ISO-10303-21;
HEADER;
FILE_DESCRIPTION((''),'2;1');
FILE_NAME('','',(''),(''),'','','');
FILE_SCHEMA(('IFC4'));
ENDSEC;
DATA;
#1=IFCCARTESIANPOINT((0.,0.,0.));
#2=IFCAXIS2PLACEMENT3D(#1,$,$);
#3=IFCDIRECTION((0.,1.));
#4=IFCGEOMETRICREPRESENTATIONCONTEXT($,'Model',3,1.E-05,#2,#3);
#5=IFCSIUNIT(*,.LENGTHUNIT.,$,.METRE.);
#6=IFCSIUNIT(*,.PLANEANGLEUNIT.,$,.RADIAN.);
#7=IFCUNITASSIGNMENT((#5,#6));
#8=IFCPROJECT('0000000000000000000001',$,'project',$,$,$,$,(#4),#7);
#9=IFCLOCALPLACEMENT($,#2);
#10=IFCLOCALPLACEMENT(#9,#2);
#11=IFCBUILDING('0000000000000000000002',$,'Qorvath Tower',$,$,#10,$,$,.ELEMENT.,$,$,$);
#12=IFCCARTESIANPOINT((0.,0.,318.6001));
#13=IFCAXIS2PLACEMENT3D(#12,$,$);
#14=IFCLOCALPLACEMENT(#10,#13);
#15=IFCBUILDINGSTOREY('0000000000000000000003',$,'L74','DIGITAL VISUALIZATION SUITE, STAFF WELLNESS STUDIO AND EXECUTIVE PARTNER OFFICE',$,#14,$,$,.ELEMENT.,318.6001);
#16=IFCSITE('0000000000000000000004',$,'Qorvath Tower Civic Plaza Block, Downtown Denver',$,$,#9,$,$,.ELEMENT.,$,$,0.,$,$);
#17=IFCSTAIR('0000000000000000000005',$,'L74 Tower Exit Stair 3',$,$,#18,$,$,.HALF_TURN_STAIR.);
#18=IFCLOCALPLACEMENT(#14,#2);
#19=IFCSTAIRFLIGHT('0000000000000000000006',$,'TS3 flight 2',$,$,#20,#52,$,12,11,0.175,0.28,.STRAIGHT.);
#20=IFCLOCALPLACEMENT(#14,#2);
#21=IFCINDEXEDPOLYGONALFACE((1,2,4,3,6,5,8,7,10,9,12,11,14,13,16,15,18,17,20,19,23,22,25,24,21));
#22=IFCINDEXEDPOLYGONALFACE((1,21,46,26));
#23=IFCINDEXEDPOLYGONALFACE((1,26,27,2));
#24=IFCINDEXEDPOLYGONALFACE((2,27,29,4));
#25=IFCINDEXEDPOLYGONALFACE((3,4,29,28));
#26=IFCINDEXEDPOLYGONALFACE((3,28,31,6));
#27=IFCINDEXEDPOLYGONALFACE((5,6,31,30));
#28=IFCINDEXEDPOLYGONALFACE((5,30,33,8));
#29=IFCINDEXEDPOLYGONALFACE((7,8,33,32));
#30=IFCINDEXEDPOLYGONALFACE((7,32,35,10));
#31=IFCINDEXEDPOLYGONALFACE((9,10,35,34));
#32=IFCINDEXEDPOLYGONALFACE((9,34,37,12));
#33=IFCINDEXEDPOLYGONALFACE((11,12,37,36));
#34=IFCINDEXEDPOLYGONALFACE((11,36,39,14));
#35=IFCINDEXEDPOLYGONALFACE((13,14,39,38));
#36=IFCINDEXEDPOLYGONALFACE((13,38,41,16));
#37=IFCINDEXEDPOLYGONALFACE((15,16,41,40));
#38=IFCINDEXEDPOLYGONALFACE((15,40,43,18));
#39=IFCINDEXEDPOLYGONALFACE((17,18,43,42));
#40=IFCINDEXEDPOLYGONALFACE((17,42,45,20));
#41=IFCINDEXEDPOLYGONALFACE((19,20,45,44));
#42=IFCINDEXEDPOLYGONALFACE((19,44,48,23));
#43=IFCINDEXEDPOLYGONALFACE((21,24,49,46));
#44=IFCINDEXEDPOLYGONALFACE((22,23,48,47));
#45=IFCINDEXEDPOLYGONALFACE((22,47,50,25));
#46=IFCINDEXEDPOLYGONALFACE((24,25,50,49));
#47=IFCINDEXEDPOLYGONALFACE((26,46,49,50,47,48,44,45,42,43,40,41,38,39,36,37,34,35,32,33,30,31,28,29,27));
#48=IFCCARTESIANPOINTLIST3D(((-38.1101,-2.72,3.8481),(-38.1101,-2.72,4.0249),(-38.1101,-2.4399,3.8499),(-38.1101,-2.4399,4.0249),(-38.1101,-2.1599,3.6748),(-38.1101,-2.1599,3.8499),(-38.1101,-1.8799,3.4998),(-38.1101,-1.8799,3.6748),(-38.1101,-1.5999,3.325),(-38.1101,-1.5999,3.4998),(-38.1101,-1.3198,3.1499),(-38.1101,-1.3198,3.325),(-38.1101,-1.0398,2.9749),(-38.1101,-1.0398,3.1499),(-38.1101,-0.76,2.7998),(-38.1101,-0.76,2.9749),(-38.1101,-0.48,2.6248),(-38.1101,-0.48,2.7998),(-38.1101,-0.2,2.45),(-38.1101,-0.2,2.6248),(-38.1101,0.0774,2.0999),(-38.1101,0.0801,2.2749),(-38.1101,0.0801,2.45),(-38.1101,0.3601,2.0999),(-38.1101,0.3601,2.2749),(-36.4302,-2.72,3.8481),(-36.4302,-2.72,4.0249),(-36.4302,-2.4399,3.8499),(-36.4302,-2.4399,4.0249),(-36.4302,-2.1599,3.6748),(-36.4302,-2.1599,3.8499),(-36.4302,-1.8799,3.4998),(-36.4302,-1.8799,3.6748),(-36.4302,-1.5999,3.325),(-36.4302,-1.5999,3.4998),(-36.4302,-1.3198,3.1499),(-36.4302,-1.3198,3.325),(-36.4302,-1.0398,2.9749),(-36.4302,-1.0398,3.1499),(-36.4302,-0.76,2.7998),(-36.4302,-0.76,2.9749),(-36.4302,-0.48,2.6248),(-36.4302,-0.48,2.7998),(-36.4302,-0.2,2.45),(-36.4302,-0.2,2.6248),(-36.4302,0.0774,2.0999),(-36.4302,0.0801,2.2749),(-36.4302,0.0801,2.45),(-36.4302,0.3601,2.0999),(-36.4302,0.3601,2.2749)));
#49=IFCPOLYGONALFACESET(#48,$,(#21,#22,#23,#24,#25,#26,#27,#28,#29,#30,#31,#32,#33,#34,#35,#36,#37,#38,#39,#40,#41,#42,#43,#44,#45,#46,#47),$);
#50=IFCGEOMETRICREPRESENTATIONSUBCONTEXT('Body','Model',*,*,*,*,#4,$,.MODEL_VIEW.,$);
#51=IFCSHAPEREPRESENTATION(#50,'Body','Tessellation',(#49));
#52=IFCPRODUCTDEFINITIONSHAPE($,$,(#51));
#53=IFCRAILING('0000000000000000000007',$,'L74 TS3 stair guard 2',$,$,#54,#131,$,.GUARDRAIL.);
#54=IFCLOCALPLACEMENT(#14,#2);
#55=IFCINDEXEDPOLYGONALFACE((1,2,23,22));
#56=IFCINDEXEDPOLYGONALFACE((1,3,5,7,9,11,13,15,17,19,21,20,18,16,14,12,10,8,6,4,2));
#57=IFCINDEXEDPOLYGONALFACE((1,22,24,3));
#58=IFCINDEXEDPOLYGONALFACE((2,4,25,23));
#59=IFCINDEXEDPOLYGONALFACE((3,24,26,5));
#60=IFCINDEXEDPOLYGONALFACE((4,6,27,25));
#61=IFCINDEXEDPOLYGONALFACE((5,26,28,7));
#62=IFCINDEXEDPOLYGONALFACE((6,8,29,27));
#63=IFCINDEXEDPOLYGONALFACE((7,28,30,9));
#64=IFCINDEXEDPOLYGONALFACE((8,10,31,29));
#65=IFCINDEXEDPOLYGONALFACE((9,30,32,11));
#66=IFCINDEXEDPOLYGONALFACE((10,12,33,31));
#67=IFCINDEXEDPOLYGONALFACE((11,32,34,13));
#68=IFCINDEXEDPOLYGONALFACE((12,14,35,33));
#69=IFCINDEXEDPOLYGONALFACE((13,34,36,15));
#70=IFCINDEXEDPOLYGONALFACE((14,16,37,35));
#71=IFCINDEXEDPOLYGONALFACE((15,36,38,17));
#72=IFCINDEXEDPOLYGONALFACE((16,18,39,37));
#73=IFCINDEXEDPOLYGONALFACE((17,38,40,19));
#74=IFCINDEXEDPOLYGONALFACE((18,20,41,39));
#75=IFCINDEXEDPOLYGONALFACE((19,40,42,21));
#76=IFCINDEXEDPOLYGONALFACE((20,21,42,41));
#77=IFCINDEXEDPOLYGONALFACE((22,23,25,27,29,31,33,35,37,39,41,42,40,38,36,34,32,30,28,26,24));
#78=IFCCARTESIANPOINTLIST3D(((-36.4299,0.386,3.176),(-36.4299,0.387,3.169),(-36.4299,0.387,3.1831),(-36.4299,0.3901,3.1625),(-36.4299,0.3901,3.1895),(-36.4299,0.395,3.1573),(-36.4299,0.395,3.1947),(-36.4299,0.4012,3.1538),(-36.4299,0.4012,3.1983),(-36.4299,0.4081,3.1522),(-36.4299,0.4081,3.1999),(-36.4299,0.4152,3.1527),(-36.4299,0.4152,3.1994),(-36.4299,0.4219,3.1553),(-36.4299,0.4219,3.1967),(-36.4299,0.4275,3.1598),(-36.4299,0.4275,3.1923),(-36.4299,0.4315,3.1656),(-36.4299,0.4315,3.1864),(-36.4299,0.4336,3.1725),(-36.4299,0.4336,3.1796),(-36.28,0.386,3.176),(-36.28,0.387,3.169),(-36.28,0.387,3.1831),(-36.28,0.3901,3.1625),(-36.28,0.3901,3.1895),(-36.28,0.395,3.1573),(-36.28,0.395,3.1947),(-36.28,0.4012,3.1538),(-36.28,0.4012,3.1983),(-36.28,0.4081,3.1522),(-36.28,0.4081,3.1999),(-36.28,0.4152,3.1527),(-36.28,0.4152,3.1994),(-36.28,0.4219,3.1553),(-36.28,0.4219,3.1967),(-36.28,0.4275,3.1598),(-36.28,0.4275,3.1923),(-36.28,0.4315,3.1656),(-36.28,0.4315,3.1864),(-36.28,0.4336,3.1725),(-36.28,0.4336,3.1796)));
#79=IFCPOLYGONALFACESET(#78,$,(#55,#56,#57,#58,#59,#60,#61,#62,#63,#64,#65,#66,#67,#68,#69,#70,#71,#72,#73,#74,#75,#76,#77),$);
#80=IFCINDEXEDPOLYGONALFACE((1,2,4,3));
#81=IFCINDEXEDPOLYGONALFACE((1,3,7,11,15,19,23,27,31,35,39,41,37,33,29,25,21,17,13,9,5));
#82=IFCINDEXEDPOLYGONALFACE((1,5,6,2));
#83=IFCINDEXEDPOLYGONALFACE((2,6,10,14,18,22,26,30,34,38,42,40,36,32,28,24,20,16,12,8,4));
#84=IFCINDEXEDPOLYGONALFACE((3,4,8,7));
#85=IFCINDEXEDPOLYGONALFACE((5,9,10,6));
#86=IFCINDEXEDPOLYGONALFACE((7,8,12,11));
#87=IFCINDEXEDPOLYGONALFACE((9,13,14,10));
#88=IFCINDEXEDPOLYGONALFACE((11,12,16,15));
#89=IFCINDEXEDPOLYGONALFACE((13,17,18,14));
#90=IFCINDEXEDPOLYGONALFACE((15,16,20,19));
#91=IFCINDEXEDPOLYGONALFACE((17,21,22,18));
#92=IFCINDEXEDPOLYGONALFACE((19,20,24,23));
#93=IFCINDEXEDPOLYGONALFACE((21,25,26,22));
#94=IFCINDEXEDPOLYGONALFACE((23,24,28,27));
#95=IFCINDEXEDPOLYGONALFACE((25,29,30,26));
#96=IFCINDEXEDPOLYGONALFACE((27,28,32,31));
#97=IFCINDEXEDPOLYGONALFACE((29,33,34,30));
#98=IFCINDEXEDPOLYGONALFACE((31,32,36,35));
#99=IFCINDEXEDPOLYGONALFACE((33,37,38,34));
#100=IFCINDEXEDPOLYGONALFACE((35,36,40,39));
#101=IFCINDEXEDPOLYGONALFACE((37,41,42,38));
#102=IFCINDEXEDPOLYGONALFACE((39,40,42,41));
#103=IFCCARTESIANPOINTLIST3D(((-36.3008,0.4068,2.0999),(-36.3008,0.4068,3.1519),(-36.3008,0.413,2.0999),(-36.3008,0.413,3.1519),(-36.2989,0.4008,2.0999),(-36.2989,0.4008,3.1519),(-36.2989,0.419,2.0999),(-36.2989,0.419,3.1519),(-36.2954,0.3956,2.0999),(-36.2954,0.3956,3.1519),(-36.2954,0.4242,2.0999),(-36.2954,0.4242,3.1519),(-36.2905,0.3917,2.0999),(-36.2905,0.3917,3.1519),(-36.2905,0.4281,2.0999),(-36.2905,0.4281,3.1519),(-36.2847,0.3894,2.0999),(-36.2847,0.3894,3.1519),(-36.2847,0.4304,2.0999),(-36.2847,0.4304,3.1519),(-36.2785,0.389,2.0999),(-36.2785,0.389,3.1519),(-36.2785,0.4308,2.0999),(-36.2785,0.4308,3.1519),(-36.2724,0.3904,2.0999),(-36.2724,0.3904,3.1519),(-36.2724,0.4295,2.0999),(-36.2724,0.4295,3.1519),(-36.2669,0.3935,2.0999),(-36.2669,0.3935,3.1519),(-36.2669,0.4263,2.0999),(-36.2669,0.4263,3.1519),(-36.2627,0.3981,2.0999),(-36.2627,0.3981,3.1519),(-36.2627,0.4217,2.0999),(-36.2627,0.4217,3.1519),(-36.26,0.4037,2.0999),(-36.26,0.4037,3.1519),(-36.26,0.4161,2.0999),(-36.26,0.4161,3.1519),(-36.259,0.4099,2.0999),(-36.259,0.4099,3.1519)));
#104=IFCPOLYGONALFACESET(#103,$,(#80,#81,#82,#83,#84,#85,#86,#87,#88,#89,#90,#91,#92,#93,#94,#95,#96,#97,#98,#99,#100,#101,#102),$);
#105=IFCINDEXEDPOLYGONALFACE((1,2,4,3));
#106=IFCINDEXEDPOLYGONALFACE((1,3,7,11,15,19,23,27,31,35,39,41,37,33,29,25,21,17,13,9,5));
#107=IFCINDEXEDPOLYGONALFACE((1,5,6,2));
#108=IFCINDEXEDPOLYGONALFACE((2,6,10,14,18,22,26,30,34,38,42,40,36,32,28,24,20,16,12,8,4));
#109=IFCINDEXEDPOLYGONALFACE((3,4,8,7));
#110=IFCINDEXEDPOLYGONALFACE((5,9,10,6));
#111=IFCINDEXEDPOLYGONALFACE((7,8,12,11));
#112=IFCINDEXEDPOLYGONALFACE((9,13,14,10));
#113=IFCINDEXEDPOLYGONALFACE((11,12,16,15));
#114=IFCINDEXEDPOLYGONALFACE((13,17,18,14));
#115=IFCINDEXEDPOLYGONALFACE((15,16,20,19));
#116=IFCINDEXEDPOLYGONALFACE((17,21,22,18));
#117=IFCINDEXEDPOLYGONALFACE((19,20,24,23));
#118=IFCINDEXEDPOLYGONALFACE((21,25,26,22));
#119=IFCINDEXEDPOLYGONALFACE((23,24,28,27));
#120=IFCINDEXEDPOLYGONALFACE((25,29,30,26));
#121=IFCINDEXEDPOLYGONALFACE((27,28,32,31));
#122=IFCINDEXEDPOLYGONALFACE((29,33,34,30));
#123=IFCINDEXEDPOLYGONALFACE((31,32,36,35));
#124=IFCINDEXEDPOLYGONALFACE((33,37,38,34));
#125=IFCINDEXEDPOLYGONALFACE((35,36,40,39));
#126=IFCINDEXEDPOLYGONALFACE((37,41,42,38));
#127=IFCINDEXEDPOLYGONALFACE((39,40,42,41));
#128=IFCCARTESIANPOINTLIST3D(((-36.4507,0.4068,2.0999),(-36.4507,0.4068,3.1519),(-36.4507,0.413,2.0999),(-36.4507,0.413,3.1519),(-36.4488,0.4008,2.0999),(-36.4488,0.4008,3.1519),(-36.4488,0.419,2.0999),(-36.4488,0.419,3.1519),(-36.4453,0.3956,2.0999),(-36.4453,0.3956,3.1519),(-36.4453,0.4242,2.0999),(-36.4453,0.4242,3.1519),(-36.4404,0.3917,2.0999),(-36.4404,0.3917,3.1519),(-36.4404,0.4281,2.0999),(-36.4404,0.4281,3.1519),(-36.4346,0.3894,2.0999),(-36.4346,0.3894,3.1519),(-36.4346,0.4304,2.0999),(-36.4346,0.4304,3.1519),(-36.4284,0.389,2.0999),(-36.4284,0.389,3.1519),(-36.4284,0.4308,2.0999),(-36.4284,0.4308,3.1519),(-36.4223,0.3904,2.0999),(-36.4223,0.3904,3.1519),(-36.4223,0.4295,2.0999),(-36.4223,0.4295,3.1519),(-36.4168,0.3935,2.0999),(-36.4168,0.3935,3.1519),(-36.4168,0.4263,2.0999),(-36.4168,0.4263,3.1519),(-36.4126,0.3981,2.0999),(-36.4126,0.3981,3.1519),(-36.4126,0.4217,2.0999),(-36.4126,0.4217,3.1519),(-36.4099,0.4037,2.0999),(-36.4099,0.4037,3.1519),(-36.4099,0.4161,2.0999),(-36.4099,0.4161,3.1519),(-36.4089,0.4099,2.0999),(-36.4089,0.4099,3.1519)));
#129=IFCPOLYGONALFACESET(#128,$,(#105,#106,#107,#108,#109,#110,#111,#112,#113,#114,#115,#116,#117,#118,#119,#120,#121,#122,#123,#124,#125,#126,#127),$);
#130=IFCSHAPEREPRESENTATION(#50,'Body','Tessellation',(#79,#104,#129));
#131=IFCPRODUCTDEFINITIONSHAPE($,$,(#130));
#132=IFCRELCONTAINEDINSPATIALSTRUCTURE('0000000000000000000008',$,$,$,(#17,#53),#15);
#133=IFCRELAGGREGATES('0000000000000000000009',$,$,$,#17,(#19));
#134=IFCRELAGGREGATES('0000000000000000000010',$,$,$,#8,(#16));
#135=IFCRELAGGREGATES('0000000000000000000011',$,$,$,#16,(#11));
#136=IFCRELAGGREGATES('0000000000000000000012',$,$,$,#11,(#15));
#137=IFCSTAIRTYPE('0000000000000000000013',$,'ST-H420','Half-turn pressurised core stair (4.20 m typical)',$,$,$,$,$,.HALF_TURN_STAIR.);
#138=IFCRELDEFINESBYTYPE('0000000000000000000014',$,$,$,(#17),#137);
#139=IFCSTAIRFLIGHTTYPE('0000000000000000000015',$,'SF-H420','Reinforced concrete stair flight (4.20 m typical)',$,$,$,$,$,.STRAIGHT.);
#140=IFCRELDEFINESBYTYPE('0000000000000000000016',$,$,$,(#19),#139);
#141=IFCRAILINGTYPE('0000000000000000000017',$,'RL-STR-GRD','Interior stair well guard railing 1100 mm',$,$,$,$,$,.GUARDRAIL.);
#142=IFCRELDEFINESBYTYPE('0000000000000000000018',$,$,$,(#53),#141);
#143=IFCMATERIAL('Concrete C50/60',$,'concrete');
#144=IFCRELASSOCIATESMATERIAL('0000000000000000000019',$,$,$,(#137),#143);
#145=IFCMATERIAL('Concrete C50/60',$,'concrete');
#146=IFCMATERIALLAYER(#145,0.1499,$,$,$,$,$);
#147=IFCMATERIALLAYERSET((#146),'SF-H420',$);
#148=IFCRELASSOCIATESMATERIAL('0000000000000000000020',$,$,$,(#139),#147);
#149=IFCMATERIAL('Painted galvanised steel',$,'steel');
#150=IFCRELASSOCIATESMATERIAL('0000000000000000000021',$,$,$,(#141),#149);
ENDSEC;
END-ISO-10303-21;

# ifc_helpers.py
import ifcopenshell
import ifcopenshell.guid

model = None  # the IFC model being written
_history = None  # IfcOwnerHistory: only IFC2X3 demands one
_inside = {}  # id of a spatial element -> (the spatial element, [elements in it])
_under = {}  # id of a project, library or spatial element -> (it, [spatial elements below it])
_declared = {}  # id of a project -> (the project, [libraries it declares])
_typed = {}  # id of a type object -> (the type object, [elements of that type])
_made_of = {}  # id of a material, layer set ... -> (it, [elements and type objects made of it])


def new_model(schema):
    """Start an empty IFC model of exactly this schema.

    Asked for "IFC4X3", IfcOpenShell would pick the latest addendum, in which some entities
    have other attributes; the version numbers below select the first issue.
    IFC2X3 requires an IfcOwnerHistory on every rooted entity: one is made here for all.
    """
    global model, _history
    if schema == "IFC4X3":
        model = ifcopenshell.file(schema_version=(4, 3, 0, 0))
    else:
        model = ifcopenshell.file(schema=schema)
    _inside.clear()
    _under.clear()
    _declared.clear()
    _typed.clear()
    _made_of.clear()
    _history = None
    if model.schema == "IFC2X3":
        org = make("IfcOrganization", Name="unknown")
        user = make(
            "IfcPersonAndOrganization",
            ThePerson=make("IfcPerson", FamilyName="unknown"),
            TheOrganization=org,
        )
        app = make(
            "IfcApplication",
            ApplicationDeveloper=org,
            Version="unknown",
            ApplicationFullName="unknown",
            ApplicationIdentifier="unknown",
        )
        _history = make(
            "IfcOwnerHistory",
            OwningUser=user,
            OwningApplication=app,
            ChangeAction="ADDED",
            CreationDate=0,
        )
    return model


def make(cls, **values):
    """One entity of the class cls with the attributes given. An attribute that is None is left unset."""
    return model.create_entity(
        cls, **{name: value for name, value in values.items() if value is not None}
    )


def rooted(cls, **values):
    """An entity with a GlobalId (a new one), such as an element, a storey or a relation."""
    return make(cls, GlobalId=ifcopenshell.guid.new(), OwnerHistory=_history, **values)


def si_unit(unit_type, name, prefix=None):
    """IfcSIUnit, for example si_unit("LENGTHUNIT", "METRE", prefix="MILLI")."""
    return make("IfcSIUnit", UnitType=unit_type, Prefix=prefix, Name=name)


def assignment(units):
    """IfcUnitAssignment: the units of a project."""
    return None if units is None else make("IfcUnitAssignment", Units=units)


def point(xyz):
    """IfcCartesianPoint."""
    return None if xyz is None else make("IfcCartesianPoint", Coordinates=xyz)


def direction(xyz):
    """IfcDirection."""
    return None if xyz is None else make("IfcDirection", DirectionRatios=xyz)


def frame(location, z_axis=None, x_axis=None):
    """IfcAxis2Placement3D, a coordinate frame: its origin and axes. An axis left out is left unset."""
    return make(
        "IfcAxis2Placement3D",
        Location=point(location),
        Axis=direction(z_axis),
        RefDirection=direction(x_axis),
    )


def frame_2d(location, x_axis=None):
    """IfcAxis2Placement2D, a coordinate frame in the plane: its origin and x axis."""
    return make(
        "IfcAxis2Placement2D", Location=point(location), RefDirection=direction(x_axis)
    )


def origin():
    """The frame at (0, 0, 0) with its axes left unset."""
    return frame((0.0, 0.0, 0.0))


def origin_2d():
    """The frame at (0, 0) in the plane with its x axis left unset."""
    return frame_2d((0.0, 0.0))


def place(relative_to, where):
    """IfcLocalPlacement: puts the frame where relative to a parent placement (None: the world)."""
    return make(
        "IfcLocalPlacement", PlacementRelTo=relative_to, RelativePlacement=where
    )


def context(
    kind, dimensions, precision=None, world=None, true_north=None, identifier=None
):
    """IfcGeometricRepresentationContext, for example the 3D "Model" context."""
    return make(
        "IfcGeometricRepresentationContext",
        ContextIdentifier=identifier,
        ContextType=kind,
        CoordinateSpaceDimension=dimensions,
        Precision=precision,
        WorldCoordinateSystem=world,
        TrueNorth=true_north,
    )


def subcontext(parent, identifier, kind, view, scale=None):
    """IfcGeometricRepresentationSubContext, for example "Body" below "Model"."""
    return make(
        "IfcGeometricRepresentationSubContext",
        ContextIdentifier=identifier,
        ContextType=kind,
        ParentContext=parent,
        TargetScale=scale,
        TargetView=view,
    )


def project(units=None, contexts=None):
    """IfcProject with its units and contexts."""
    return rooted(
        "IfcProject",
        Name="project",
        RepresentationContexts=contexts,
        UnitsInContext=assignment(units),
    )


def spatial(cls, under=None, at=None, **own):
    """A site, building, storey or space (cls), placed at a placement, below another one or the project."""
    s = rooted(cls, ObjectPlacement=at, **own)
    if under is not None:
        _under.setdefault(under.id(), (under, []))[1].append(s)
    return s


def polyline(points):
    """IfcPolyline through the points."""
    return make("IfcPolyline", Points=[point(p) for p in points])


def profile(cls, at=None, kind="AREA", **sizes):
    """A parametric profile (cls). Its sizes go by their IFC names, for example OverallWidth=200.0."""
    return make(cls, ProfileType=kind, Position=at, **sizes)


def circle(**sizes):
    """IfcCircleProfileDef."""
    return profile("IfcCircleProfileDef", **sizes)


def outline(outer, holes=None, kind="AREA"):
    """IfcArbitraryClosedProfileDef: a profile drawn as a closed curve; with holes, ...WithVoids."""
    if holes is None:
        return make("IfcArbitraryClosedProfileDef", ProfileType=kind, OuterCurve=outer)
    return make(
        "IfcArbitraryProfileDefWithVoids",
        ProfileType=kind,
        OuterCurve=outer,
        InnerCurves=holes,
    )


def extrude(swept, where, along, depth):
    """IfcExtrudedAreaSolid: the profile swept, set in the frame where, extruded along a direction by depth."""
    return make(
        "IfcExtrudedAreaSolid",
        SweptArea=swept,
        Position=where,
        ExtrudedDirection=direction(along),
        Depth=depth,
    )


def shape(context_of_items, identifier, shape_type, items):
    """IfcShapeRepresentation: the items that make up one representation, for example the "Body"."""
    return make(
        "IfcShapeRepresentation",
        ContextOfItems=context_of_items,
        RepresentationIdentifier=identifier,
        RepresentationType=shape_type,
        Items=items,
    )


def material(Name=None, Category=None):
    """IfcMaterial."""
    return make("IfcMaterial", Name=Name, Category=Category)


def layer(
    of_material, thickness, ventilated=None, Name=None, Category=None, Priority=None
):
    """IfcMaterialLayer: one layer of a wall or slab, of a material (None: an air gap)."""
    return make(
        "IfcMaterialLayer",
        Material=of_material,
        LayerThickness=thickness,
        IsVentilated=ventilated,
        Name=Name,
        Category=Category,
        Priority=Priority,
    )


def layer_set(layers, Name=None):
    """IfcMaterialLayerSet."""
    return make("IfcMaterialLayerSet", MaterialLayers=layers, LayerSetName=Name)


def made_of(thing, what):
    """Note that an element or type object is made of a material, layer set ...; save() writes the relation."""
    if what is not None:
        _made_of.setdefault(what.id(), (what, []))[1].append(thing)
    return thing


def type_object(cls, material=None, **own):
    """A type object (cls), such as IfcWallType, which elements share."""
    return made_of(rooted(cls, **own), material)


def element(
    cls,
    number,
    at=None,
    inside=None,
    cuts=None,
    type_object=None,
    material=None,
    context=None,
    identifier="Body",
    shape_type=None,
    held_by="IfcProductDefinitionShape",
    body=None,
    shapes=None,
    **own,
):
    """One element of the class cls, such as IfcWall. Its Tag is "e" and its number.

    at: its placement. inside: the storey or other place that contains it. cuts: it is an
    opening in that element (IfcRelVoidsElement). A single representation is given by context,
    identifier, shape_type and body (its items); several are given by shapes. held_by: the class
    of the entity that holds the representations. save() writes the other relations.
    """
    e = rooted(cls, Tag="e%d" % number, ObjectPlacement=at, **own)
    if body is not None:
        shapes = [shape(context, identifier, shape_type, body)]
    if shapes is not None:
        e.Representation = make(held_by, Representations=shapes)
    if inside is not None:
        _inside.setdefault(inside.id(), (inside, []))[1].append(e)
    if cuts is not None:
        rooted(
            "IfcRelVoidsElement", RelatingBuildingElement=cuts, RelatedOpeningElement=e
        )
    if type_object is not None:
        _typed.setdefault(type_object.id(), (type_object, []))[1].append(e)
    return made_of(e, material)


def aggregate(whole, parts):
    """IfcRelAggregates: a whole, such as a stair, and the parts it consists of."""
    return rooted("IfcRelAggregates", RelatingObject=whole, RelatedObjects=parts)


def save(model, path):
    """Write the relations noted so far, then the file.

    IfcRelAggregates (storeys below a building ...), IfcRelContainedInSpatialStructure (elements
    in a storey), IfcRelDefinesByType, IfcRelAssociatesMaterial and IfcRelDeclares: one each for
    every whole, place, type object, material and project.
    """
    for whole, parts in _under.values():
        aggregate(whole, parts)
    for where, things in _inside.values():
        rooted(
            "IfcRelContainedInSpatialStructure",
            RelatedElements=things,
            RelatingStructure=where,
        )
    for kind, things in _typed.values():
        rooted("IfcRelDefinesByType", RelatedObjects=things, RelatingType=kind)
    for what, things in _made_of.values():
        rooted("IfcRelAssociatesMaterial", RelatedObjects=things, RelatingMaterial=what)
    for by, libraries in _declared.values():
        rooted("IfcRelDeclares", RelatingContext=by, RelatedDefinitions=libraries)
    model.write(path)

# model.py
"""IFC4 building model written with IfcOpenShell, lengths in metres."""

from ifc_helpers import new_model, si_unit, direction, frame, origin, origin_2d, place, context, subcontext, project, spatial, polyline, circle, outline, extrude, material, layer, layer_set, type_object, element, aggregate, save


model = new_model("IFC4")

# Units and contexts
model_context = context("Model", 3, precision=1e-05, world=origin(), true_north=direction((0.0, 1.0)))
body_context = subcontext(model_context, "Body", "Model", "MODEL_VIEW")
ifc_project = project(units=[si_unit("LENGTHUNIT", "METRE"), si_unit("PLANEANGLEUNIT", "RADIAN")], contexts=[model_context])

# Site, building, storey
site_placement = place(None, origin())
site = spatial("IfcSite", under=ifc_project, at=site_placement, Name="Qorvath Tower Civic Plaza Block, Downtown Denver", CompositionType="ELEMENT", RefElevation=0.0)
building_placement = place(site_placement, origin())
building = spatial("IfcBuilding", under=site, at=building_placement, Name="Qorvath Tower", CompositionType="ELEMENT")
storey_placement = place(building_placement, frame((0.0, 0.0, 318.6001)))
storey = spatial("IfcBuildingStorey", under=building, at=storey_placement, Name="L74", Description="DIGITAL VISUALIZATION SUITE, STAFF WELLNESS STUDIO AND EXECUTIVE PARTNER OFFICE", CompositionType="ELEMENT", Elevation=318.6001)

# Stair, stair flight
ifc_material_1 = material(Name="Concrete C50/60", Category="concrete")
stair_type = type_object("IfcStairType", Name="ST-H420", Description="Half-turn pressurised core stair (4.20 m typical)", PredefinedType="HALF_TURN_STAIR", material=ifc_material_1)
stair_placement = place(storey_placement, origin())
stair = element("IfcStair", 1, at=stair_placement, inside=storey, type_object=stair_type, Name="L74 Tower Exit Stair 3", PredefinedType="HALF_TURN_STAIR")
ifc_material_2 = material(Name="Concrete C50/60", Category="concrete")
ifc_layer_1 = layer(ifc_material_2, 0.1499)
ifc_layer_set_1 = layer_set([ifc_layer_1], Name="SF-H420")
stair_flight_type = type_object("IfcStairFlightType", Name="SF-H420", Description="Reinforced concrete stair flight (4.20 m typical)", PredefinedType="STRAIGHT", material=ifc_layer_set_1)
stair_flight_placement = place(storey_placement, frame((-37.27, 0.3601, 2.0999), z_axis=(0.0, 0.0, 1.0), x_axis=(0.0, -1.0, 0.0)))
stair_flight = element("IfcStairFlight", 2, at=stair_flight_placement, type_object=stair_flight_type, Name="TS3 flight 2", NumberOfRisers=12, NumberOfTreads=11, PredefinedType="STRAIGHT", RiserHeight=0.175, TreadLength=0.28, context=body_context, shape_type="SweptSolid", body=[
    extrude(outline(polyline([(0.0, 0.0), (0.0, 0.175), (0.28, 0.175), (0.28, 0.3501), (0.5601, 0.3501), (0.5601, 0.5249), (0.8401, 0.5249), (0.8401, 0.7), (1.1201, 0.7), (1.1201, 0.875), (1.3999, 0.875), (1.3999, 1.05), (1.6799, 1.05), (1.6799, 1.2251), (1.96, 1.2251), (1.96, 1.3999), (2.24, 1.3999), (2.24, 1.575), (2.52, 1.575), (2.52, 1.75), (2.8, 1.75), (2.8, 1.925), (3.0801, 1.925), (3.0801, 2.1001), (3.0801, 1.7483), (0.2827, 0.0), (0.0, 0.0)])), frame((0.0, 0.8398, 0.0), z_axis=(0.0, -1.0, 0.0), x_axis=(1.0, 0.0, 0.0)), (0.0, 0.0, 1.0), 1.6799),
])
aggregate(stair, [stair_flight])

# Railing
ifc_material_3 = material(Name="Painted galvanised steel", Category="steel")
railing_type = type_object("IfcRailingType", Name="RL-STR-GRD", Description="Interior stair well guard railing 1100 mm", PredefinedType="GUARDRAIL", material=ifc_material_3)
railing_1_placement = place(storey_placement, frame((-36.28, 0.4099, 2.0999)))
element("IfcRailing", 3, at=railing_1_placement, inside=storey, type_object=railing_type, Name="L74 TS3 stair guard 2", PredefinedType="GUARDRAIL", context=body_context, shape_type="SweptSolid", body=[
    extrude(circle(Radius=0.0239, at=origin_2d()), frame((0.0, 0.0, 1.0762), z_axis=(-1.0, 0.0, 0.0), x_axis=(0.0, -1.0, 0.0)), (0.0, 0.0, 1.0), 0.1499),
    extrude(circle(Radius=0.021, at=origin_2d()), origin(), (0.0, 0.0, 1.0), 1.052),
    extrude(circle(Radius=0.021, at=origin_2d()), frame((-0.1499, 0.0, 0.0)), (0.0, 0.0, 1.0), 1.052),
])

save(model, "model.ifc")
